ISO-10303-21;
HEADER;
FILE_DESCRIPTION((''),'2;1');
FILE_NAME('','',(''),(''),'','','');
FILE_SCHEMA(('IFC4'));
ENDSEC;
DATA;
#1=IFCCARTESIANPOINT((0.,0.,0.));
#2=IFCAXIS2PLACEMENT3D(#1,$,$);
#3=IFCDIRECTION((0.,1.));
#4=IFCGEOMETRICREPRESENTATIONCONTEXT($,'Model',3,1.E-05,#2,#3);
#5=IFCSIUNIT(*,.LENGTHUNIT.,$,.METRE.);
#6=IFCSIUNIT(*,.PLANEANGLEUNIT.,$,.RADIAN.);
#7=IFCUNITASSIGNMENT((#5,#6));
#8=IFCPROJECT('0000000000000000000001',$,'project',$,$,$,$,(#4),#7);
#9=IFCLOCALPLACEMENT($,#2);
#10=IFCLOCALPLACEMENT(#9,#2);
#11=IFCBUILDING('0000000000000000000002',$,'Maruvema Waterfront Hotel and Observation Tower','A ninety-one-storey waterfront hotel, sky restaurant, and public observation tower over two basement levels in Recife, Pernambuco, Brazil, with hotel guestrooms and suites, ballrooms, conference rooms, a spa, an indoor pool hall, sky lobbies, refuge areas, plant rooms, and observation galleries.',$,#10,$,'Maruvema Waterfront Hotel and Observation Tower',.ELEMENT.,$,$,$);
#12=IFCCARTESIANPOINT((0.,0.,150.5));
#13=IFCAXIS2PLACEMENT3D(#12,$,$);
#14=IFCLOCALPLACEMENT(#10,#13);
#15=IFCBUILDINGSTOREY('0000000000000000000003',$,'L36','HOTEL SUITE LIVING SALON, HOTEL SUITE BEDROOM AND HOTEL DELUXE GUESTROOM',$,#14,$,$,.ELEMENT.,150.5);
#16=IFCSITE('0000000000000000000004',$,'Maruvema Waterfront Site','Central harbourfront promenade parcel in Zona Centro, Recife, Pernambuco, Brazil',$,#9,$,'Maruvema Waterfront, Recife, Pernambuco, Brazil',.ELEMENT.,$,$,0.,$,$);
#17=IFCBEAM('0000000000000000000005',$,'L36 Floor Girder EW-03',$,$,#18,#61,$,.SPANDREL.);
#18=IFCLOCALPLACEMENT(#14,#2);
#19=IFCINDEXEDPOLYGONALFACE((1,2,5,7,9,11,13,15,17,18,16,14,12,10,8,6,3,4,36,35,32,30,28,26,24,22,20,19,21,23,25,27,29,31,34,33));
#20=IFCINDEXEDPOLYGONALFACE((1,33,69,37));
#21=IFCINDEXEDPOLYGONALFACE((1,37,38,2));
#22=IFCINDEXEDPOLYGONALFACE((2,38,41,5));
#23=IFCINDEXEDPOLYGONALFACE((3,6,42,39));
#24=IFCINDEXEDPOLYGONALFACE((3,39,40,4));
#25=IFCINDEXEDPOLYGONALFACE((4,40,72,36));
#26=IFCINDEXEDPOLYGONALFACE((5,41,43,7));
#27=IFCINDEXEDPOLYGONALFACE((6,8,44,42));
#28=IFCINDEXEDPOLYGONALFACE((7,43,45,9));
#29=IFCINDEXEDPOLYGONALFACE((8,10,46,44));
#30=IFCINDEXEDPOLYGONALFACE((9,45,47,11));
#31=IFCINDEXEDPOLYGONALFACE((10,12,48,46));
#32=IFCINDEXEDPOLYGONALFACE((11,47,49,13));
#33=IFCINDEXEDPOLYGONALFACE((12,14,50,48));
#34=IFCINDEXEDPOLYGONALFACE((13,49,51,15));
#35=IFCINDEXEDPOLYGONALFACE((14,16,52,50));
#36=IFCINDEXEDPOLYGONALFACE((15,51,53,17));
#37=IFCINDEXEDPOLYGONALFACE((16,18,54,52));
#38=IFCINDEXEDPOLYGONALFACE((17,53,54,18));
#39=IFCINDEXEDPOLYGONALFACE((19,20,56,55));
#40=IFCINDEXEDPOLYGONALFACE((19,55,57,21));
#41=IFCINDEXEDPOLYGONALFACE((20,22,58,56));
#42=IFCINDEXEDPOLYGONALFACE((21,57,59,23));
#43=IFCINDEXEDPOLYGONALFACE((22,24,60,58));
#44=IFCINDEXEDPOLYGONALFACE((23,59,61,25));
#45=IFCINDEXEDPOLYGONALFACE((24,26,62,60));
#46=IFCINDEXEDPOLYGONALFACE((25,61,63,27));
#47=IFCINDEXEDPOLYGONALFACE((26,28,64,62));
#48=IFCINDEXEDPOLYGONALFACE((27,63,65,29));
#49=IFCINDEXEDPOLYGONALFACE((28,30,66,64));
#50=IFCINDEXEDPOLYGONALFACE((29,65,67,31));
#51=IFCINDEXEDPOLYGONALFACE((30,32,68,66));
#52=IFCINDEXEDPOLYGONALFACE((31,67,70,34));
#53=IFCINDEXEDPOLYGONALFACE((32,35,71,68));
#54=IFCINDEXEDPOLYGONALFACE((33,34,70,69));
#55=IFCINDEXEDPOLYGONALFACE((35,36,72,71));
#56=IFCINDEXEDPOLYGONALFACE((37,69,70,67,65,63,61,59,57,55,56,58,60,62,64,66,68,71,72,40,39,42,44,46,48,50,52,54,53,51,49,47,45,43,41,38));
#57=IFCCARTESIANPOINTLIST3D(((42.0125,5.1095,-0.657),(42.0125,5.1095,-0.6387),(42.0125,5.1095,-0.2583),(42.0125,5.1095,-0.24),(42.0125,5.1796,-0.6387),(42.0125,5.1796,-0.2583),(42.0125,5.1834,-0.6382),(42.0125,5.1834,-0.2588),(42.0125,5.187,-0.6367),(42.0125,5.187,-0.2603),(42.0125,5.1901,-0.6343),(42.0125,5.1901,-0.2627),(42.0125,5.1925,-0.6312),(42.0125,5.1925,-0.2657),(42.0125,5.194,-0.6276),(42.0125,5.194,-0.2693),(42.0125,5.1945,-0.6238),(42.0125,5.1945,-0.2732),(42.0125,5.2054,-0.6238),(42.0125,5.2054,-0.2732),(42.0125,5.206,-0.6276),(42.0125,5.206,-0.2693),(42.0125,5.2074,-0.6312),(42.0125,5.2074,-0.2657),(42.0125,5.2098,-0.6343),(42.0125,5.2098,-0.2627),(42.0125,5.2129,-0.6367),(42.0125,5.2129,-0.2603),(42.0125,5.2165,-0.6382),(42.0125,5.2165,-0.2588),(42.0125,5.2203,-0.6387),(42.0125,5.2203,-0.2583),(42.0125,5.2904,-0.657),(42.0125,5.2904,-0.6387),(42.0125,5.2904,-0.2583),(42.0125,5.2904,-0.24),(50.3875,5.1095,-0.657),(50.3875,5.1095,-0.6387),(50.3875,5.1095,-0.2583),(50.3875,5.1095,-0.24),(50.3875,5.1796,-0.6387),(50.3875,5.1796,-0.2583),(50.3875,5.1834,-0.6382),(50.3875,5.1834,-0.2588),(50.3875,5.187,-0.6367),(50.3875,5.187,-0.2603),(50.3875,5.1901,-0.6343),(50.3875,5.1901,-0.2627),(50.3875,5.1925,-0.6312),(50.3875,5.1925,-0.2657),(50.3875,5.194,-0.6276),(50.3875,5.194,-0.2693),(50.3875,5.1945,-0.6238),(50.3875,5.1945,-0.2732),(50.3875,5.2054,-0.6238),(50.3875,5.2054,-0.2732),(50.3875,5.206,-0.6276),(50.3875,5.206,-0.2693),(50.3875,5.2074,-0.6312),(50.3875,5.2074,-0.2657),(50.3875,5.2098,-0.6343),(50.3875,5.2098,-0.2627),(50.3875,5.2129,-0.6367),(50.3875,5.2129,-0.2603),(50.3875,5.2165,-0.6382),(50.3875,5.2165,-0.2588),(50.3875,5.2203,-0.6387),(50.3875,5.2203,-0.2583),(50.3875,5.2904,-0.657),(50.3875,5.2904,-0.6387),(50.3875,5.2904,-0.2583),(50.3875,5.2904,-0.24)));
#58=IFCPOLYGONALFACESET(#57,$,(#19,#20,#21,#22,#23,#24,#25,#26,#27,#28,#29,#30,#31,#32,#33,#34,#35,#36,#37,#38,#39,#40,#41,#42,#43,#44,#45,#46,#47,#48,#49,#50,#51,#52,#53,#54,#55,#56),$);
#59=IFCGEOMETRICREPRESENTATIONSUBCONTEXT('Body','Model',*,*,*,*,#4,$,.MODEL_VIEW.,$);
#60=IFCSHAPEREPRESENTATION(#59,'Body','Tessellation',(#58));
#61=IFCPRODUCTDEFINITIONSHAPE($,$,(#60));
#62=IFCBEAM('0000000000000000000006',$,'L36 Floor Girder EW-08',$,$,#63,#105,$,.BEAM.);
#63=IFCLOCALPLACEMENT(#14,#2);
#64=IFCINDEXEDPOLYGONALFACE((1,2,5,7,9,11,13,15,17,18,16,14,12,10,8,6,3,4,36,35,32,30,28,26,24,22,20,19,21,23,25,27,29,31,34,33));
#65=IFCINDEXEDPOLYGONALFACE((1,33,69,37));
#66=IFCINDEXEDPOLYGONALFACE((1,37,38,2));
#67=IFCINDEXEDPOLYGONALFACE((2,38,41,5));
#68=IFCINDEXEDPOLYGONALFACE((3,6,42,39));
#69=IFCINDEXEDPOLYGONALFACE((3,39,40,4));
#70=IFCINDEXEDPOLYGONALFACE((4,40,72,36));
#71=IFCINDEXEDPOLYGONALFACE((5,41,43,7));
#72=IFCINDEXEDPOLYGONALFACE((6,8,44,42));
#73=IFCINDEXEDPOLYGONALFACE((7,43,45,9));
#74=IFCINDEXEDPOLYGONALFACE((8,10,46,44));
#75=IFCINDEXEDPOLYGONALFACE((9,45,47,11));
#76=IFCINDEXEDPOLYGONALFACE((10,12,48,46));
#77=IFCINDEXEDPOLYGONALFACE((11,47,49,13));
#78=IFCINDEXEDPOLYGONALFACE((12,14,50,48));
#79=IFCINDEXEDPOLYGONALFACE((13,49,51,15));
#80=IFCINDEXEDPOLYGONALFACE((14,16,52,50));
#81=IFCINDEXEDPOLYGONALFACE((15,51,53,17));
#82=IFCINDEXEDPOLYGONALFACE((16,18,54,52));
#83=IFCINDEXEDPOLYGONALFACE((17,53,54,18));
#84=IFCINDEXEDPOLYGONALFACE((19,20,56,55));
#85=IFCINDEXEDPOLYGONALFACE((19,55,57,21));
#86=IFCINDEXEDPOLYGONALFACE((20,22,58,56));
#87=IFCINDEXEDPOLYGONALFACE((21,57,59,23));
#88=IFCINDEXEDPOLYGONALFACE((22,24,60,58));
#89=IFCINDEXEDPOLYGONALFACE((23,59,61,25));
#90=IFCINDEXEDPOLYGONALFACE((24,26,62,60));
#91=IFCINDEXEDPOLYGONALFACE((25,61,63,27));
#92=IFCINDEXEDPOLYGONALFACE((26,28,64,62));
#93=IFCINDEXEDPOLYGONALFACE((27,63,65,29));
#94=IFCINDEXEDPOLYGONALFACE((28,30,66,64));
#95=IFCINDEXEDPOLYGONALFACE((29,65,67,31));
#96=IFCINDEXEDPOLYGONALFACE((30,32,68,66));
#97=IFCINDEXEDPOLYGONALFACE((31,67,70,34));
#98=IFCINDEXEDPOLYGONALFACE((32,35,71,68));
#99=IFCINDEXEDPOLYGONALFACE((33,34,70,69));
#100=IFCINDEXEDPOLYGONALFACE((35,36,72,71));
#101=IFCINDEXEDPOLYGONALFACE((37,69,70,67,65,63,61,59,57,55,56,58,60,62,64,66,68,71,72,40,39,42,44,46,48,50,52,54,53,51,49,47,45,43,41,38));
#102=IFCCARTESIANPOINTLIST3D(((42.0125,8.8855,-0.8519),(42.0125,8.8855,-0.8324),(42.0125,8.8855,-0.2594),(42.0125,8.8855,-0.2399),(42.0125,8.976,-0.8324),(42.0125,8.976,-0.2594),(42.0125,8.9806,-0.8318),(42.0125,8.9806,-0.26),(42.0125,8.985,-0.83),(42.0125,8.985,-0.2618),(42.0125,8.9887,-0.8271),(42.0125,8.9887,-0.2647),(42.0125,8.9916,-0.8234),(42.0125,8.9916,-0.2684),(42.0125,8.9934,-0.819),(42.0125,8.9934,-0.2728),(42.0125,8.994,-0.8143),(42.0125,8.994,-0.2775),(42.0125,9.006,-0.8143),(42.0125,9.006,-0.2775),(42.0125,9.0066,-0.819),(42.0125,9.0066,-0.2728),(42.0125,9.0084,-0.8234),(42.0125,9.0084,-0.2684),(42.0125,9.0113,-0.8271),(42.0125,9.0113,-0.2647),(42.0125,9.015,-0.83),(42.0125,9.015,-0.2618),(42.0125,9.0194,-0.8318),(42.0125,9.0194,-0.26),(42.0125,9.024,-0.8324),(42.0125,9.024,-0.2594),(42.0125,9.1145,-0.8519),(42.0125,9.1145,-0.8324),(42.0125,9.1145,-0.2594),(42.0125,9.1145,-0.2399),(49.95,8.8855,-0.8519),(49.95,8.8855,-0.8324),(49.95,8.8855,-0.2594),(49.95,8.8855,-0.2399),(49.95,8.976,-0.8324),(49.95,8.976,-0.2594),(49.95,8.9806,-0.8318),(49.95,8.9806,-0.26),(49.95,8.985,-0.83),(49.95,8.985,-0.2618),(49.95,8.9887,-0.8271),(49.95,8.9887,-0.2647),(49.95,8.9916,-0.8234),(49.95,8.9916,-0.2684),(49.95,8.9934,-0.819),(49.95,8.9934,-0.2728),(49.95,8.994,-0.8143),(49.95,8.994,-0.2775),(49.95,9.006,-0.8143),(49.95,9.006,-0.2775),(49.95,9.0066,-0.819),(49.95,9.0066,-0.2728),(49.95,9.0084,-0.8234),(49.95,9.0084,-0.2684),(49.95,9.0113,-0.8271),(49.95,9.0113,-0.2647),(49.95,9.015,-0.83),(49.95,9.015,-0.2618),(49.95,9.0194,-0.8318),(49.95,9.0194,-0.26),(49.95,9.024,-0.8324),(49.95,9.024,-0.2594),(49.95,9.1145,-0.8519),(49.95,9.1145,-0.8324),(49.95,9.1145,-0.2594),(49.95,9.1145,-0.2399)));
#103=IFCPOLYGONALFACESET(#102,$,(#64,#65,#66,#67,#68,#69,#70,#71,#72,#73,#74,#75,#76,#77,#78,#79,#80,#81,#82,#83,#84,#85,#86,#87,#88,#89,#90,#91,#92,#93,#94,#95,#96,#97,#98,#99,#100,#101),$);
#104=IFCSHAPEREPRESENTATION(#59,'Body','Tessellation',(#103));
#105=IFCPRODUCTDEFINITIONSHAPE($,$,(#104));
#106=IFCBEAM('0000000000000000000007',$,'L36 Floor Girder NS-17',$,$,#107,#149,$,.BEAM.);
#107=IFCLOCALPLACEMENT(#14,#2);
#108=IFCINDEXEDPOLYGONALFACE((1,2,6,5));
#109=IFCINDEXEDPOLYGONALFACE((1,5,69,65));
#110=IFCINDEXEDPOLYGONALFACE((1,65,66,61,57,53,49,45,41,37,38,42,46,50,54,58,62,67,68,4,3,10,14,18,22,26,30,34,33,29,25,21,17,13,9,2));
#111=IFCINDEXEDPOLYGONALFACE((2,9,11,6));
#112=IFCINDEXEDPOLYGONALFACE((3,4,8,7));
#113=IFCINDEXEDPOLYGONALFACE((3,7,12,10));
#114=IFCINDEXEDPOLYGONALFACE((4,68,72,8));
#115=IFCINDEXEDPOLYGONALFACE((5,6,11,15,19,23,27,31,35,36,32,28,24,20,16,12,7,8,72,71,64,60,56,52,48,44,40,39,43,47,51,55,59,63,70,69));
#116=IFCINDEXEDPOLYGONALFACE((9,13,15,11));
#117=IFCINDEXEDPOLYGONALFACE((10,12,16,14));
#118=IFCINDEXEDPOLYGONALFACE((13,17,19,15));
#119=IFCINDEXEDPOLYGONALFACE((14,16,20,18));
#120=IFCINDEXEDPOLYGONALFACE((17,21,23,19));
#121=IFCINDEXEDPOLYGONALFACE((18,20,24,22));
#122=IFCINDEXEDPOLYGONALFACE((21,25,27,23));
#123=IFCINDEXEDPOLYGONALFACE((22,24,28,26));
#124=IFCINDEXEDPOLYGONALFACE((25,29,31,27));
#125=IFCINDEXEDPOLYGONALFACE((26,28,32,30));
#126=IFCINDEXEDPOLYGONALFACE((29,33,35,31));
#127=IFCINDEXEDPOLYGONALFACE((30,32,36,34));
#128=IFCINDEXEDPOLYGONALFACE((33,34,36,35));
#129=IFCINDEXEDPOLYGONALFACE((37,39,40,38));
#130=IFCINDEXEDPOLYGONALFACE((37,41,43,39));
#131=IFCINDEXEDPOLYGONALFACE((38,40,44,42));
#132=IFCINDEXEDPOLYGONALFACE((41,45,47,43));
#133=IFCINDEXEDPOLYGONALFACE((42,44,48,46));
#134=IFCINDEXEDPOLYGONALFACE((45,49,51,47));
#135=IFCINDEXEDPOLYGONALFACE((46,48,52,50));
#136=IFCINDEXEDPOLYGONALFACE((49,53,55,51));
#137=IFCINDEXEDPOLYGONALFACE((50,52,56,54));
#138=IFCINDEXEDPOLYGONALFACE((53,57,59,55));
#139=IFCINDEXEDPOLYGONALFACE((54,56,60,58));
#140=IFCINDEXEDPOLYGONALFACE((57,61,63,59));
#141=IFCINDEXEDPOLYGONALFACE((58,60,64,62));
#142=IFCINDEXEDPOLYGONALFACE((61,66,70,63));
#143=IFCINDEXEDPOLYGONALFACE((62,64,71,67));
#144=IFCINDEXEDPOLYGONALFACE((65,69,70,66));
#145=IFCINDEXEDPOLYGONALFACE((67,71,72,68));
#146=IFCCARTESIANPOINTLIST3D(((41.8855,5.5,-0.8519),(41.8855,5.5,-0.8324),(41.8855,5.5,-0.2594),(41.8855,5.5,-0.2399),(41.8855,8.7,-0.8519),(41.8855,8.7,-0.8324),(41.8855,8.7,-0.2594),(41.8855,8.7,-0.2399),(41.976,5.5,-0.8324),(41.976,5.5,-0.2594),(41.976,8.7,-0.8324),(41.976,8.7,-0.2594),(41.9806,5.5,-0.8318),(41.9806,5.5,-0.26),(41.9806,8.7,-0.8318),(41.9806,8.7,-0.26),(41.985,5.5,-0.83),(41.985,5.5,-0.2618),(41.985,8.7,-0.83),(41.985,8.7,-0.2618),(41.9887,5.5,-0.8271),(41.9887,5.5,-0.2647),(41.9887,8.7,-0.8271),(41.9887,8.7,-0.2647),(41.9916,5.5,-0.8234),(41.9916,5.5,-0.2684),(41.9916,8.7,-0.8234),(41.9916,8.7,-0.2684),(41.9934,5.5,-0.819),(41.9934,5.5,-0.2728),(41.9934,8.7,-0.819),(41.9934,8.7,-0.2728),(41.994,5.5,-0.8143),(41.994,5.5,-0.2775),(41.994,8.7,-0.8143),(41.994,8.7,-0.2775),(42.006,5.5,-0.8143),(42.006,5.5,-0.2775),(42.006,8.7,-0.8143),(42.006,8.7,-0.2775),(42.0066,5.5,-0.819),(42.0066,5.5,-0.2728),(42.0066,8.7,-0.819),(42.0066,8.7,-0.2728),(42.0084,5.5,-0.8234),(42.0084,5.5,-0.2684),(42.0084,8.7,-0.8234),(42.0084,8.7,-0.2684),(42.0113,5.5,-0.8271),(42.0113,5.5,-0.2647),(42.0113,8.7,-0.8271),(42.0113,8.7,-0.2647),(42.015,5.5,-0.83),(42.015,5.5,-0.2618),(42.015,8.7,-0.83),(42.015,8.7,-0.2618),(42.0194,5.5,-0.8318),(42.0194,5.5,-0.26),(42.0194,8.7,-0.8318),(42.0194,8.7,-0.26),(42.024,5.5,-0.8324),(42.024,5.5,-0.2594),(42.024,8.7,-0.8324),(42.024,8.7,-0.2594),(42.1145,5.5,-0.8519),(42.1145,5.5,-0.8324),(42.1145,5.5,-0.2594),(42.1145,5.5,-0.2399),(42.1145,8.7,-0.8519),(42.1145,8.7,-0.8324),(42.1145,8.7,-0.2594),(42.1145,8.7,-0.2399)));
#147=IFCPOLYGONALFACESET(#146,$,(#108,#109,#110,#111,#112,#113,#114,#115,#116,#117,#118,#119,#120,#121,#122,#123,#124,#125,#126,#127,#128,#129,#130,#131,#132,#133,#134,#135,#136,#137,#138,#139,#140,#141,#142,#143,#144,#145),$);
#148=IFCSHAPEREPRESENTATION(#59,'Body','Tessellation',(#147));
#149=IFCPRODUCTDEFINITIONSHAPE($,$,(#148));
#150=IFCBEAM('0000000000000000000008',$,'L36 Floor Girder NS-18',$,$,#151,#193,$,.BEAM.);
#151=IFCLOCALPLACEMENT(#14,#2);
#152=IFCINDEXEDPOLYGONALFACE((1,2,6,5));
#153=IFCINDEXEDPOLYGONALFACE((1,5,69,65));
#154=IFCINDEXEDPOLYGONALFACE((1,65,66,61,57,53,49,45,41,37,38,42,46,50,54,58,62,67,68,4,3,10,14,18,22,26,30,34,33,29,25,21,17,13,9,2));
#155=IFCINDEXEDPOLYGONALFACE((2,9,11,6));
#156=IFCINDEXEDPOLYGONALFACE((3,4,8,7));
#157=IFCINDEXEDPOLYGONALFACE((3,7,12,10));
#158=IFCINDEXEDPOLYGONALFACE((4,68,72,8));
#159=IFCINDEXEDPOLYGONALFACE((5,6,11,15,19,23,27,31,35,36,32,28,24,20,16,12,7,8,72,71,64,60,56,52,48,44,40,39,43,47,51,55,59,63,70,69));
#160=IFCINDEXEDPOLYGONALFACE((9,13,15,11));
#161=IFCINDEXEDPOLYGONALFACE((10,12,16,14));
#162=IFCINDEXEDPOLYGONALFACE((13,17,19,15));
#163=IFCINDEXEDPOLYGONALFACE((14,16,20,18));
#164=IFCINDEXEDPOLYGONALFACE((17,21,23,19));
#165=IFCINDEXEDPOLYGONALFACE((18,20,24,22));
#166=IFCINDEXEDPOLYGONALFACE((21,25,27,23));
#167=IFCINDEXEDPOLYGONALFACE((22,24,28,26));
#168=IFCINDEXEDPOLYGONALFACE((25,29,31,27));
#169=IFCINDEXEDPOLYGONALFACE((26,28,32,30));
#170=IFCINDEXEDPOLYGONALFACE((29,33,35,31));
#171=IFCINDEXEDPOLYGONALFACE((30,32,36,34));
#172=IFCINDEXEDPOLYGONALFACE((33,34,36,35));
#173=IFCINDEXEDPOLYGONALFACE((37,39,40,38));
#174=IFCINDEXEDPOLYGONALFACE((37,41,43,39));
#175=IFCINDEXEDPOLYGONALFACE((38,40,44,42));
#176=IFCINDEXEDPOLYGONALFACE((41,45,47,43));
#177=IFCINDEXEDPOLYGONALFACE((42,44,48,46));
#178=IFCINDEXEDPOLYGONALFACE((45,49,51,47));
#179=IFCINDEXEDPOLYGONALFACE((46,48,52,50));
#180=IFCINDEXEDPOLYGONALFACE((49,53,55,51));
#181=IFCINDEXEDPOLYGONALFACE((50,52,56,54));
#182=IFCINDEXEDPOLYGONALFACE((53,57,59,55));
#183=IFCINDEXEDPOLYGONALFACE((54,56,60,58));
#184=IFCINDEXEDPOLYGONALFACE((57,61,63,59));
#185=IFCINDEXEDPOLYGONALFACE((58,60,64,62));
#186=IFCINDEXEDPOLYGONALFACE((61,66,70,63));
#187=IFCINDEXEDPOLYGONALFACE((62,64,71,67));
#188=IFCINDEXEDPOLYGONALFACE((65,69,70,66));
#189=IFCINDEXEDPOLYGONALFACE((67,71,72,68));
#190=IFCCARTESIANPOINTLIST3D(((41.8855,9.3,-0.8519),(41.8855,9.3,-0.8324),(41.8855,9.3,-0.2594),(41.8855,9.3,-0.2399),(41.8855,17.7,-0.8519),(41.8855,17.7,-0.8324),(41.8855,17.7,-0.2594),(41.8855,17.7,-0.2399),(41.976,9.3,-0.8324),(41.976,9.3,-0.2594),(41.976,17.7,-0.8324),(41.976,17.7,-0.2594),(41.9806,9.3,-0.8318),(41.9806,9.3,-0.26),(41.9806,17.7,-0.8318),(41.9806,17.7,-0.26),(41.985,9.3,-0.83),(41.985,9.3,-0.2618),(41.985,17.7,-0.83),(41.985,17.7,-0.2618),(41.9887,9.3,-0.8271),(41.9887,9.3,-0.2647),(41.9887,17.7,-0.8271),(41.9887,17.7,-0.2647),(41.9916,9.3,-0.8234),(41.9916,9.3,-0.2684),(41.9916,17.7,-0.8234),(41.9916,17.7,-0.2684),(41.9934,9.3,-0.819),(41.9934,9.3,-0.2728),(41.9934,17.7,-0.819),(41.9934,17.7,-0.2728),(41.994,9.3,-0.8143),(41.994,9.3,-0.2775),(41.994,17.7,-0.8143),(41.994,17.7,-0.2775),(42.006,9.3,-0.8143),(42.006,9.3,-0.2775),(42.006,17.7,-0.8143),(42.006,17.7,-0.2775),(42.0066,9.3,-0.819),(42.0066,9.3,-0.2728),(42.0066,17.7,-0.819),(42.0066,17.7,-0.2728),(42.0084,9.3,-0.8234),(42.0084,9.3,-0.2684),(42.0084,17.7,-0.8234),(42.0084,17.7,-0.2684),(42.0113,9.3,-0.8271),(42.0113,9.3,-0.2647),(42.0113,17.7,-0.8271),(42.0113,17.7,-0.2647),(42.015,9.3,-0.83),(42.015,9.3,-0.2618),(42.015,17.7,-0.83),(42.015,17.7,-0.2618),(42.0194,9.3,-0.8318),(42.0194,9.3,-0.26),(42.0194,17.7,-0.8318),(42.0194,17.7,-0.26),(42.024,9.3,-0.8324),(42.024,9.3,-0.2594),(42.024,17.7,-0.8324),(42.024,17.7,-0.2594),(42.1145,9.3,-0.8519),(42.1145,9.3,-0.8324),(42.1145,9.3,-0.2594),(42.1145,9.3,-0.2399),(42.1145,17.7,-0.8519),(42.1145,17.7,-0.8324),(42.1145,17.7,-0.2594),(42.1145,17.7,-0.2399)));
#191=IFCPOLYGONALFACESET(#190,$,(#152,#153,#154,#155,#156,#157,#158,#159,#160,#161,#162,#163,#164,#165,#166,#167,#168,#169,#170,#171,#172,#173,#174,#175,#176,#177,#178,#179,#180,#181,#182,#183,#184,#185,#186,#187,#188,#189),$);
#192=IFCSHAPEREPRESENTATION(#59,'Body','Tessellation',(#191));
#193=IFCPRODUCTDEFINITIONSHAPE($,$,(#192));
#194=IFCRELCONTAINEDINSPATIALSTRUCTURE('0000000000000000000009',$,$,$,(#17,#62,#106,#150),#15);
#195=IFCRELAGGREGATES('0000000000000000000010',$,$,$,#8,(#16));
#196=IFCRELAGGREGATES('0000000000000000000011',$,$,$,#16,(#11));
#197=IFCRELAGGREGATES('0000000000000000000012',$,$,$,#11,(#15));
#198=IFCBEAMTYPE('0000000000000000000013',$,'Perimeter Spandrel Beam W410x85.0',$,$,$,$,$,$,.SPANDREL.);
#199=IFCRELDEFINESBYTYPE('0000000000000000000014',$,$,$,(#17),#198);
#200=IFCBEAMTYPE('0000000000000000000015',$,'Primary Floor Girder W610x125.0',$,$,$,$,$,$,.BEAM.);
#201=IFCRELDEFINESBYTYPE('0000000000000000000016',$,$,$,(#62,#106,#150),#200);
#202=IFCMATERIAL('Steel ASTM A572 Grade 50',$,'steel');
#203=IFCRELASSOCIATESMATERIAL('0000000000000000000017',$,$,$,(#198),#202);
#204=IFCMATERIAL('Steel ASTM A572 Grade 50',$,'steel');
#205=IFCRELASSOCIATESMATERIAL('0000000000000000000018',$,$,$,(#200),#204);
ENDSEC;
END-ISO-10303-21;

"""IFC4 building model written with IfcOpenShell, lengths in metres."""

from ifc_helpers import new_model, si_unit, direction, frame, origin, origin_2d, place, context, subcontext, project, spatial, i_section, extrude, material, material_profile, profile_set, type_object, element, save


model = new_model("IFC4")

# Units and contexts
model_context = context("Model", 3, precision=1e-05, world=origin(), true_north=direction((0.0, 1.0)))
body_context = subcontext(model_context, "Body", "Model", "MODEL_VIEW")
ifc_project = project(units=[si_unit("LENGTHUNIT", "METRE"), si_unit("PLANEANGLEUNIT", "RADIAN")], contexts=[model_context])

# Site, building, storey
site_placement = place(None, origin())
site = spatial("IfcSite", under=ifc_project, at=site_placement, Name="Maruvema Waterfront Site", Description="Central harbourfront promenade parcel in Zona Centro, Recife, Pernambuco, Brazil", LongName="Maruvema Waterfront, Recife, Pernambuco, Brazil", CompositionType="ELEMENT", RefElevation=0.0)
building_placement = place(site_placement, origin())
building = spatial("IfcBuilding", under=site, at=building_placement, Name="Maruvema Waterfront Hotel and Observation Tower", Description="A ninety-one-storey waterfront hotel, sky restaurant, and public observation tower over two basement levels in Recife, Pernambuco, Brazil, with hotel guestrooms and suites, ballrooms, conference rooms, a spa, an indoor pool hall, sky lobbies, refuge areas, plant rooms, and observation galleries.", LongName="Maruvema Waterfront Hotel and Observation Tower", CompositionType="ELEMENT")
storey_placement = place(building_placement, frame((0.0, 0.0, 150.5)))
storey = spatial("IfcBuildingStorey", under=building, at=storey_placement, Name="L36", Description="HOTEL SUITE LIVING SALON, HOTEL SUITE BEDROOM AND HOTEL DELUXE GUESTROOM", CompositionType="ELEMENT", Elevation=150.5)

# Beams
ifc_material_1 = material(Name="Steel ASTM A572 Grade 50", Category="steel")
ifc_material_profile_1 = material_profile(ifc_material_1, i_section(OverallWidth=0.1809, OverallDepth=0.417, WebThickness=0.011, FlangeThickness=0.0183, FilletRadius=0.0149, at=origin_2d()), Name="W410x85.0")
ifc_profile_set_1 = profile_set([ifc_material_profile_1], Name="Steel ASTM A572 Grade 50")
beam_type_1 = type_object("IfcBeamType", Name="Perimeter Spandrel Beam W410x85.0", PredefinedType="SPANDREL", material=ifc_profile_set_1)
beam_1_placement = place(storey_placement, frame((42.0125, 5.2, -0.4485), z_axis=(1.0, 0.0, 0.0), x_axis=(0.0, 1.0, 0.0)))
element("IfcBeam", 1, at=beam_1_placement, inside=storey, type_object=beam_type_1, Name="L36 Floor Girder EW-03", PredefinedType="SPANDREL", context=body_context, shape_type="SweptSolid", body=[
    extrude(i_section(OverallWidth=0.1809, OverallDepth=0.417, WebThickness=0.011, FlangeThickness=0.0183, FilletRadius=0.0149, at=origin_2d()), origin(), (0.0, 0.0, 1.0), 8.375),
])
ifc_material_2 = material(Name="Steel ASTM A572 Grade 50", Category="steel")
ifc_material_profile_2 = material_profile(ifc_material_2, i_section(OverallWidth=0.229, OverallDepth=0.6121, WebThickness=0.012, FlangeThickness=0.0195, FilletRadius=0.0181, at=origin_2d()), Name="W610x125.0")
ifc_profile_set_2 = profile_set([ifc_material_profile_2], Name="Steel ASTM A572 Grade 50")
beam_type_2 = type_object("IfcBeamType", Name="Primary Floor Girder W610x125.0", PredefinedType="BEAM", material=ifc_profile_set_2)
beam_2_placement = place(storey_placement, frame((42.0125, 9.0, -0.5459), z_axis=(1.0, 0.0, 0.0), x_axis=(0.0, 1.0, 0.0)))
element("IfcBeam", 2, at=beam_2_placement, inside=storey, type_object=beam_type_2, Name="L36 Floor Girder EW-08", PredefinedType="BEAM", context=body_context, shape_type="SweptSolid", body=[
    extrude(i_section(OverallWidth=0.229, OverallDepth=0.6121, WebThickness=0.012, FlangeThickness=0.0195, FilletRadius=0.0181, at=origin_2d()), origin(), (0.0, 0.0, 1.0), 7.9375),
])
beam_3_placement = place(storey_placement, frame((42.0, 5.5, -0.5459), z_axis=(0.0, 1.0, 0.0), x_axis=(-1.0, 0.0, 0.0)))
element("IfcBeam", 3, at=beam_3_placement, inside=storey, type_object=beam_type_2, Name="L36 Floor Girder NS-17", PredefinedType="BEAM", context=body_context, shape_type="SweptSolid", body=[
    extrude(i_section(OverallWidth=0.229, OverallDepth=0.6121, WebThickness=0.012, FlangeThickness=0.0195, FilletRadius=0.0181, at=origin_2d()), origin(), (0.0, 0.0, 1.0), 3.2),
])
beam_4_placement = place(storey_placement, frame((42.0, 9.3, -0.5459), z_axis=(0.0, 1.0, 0.0), x_axis=(-1.0, 0.0, 0.0)))
element("IfcBeam", 4, at=beam_4_placement, inside=storey, type_object=beam_type_2, Name="L36 Floor Girder NS-18", PredefinedType="BEAM", context=body_context, shape_type="SweptSolid", body=[
    extrude(i_section(OverallWidth=0.229, OverallDepth=0.6121, WebThickness=0.012, FlangeThickness=0.0195, FilletRadius=0.0181, at=origin_2d()), origin(), (0.0, 0.0, 1.0), 8.3999),
])

save(model, "model.ifc")
